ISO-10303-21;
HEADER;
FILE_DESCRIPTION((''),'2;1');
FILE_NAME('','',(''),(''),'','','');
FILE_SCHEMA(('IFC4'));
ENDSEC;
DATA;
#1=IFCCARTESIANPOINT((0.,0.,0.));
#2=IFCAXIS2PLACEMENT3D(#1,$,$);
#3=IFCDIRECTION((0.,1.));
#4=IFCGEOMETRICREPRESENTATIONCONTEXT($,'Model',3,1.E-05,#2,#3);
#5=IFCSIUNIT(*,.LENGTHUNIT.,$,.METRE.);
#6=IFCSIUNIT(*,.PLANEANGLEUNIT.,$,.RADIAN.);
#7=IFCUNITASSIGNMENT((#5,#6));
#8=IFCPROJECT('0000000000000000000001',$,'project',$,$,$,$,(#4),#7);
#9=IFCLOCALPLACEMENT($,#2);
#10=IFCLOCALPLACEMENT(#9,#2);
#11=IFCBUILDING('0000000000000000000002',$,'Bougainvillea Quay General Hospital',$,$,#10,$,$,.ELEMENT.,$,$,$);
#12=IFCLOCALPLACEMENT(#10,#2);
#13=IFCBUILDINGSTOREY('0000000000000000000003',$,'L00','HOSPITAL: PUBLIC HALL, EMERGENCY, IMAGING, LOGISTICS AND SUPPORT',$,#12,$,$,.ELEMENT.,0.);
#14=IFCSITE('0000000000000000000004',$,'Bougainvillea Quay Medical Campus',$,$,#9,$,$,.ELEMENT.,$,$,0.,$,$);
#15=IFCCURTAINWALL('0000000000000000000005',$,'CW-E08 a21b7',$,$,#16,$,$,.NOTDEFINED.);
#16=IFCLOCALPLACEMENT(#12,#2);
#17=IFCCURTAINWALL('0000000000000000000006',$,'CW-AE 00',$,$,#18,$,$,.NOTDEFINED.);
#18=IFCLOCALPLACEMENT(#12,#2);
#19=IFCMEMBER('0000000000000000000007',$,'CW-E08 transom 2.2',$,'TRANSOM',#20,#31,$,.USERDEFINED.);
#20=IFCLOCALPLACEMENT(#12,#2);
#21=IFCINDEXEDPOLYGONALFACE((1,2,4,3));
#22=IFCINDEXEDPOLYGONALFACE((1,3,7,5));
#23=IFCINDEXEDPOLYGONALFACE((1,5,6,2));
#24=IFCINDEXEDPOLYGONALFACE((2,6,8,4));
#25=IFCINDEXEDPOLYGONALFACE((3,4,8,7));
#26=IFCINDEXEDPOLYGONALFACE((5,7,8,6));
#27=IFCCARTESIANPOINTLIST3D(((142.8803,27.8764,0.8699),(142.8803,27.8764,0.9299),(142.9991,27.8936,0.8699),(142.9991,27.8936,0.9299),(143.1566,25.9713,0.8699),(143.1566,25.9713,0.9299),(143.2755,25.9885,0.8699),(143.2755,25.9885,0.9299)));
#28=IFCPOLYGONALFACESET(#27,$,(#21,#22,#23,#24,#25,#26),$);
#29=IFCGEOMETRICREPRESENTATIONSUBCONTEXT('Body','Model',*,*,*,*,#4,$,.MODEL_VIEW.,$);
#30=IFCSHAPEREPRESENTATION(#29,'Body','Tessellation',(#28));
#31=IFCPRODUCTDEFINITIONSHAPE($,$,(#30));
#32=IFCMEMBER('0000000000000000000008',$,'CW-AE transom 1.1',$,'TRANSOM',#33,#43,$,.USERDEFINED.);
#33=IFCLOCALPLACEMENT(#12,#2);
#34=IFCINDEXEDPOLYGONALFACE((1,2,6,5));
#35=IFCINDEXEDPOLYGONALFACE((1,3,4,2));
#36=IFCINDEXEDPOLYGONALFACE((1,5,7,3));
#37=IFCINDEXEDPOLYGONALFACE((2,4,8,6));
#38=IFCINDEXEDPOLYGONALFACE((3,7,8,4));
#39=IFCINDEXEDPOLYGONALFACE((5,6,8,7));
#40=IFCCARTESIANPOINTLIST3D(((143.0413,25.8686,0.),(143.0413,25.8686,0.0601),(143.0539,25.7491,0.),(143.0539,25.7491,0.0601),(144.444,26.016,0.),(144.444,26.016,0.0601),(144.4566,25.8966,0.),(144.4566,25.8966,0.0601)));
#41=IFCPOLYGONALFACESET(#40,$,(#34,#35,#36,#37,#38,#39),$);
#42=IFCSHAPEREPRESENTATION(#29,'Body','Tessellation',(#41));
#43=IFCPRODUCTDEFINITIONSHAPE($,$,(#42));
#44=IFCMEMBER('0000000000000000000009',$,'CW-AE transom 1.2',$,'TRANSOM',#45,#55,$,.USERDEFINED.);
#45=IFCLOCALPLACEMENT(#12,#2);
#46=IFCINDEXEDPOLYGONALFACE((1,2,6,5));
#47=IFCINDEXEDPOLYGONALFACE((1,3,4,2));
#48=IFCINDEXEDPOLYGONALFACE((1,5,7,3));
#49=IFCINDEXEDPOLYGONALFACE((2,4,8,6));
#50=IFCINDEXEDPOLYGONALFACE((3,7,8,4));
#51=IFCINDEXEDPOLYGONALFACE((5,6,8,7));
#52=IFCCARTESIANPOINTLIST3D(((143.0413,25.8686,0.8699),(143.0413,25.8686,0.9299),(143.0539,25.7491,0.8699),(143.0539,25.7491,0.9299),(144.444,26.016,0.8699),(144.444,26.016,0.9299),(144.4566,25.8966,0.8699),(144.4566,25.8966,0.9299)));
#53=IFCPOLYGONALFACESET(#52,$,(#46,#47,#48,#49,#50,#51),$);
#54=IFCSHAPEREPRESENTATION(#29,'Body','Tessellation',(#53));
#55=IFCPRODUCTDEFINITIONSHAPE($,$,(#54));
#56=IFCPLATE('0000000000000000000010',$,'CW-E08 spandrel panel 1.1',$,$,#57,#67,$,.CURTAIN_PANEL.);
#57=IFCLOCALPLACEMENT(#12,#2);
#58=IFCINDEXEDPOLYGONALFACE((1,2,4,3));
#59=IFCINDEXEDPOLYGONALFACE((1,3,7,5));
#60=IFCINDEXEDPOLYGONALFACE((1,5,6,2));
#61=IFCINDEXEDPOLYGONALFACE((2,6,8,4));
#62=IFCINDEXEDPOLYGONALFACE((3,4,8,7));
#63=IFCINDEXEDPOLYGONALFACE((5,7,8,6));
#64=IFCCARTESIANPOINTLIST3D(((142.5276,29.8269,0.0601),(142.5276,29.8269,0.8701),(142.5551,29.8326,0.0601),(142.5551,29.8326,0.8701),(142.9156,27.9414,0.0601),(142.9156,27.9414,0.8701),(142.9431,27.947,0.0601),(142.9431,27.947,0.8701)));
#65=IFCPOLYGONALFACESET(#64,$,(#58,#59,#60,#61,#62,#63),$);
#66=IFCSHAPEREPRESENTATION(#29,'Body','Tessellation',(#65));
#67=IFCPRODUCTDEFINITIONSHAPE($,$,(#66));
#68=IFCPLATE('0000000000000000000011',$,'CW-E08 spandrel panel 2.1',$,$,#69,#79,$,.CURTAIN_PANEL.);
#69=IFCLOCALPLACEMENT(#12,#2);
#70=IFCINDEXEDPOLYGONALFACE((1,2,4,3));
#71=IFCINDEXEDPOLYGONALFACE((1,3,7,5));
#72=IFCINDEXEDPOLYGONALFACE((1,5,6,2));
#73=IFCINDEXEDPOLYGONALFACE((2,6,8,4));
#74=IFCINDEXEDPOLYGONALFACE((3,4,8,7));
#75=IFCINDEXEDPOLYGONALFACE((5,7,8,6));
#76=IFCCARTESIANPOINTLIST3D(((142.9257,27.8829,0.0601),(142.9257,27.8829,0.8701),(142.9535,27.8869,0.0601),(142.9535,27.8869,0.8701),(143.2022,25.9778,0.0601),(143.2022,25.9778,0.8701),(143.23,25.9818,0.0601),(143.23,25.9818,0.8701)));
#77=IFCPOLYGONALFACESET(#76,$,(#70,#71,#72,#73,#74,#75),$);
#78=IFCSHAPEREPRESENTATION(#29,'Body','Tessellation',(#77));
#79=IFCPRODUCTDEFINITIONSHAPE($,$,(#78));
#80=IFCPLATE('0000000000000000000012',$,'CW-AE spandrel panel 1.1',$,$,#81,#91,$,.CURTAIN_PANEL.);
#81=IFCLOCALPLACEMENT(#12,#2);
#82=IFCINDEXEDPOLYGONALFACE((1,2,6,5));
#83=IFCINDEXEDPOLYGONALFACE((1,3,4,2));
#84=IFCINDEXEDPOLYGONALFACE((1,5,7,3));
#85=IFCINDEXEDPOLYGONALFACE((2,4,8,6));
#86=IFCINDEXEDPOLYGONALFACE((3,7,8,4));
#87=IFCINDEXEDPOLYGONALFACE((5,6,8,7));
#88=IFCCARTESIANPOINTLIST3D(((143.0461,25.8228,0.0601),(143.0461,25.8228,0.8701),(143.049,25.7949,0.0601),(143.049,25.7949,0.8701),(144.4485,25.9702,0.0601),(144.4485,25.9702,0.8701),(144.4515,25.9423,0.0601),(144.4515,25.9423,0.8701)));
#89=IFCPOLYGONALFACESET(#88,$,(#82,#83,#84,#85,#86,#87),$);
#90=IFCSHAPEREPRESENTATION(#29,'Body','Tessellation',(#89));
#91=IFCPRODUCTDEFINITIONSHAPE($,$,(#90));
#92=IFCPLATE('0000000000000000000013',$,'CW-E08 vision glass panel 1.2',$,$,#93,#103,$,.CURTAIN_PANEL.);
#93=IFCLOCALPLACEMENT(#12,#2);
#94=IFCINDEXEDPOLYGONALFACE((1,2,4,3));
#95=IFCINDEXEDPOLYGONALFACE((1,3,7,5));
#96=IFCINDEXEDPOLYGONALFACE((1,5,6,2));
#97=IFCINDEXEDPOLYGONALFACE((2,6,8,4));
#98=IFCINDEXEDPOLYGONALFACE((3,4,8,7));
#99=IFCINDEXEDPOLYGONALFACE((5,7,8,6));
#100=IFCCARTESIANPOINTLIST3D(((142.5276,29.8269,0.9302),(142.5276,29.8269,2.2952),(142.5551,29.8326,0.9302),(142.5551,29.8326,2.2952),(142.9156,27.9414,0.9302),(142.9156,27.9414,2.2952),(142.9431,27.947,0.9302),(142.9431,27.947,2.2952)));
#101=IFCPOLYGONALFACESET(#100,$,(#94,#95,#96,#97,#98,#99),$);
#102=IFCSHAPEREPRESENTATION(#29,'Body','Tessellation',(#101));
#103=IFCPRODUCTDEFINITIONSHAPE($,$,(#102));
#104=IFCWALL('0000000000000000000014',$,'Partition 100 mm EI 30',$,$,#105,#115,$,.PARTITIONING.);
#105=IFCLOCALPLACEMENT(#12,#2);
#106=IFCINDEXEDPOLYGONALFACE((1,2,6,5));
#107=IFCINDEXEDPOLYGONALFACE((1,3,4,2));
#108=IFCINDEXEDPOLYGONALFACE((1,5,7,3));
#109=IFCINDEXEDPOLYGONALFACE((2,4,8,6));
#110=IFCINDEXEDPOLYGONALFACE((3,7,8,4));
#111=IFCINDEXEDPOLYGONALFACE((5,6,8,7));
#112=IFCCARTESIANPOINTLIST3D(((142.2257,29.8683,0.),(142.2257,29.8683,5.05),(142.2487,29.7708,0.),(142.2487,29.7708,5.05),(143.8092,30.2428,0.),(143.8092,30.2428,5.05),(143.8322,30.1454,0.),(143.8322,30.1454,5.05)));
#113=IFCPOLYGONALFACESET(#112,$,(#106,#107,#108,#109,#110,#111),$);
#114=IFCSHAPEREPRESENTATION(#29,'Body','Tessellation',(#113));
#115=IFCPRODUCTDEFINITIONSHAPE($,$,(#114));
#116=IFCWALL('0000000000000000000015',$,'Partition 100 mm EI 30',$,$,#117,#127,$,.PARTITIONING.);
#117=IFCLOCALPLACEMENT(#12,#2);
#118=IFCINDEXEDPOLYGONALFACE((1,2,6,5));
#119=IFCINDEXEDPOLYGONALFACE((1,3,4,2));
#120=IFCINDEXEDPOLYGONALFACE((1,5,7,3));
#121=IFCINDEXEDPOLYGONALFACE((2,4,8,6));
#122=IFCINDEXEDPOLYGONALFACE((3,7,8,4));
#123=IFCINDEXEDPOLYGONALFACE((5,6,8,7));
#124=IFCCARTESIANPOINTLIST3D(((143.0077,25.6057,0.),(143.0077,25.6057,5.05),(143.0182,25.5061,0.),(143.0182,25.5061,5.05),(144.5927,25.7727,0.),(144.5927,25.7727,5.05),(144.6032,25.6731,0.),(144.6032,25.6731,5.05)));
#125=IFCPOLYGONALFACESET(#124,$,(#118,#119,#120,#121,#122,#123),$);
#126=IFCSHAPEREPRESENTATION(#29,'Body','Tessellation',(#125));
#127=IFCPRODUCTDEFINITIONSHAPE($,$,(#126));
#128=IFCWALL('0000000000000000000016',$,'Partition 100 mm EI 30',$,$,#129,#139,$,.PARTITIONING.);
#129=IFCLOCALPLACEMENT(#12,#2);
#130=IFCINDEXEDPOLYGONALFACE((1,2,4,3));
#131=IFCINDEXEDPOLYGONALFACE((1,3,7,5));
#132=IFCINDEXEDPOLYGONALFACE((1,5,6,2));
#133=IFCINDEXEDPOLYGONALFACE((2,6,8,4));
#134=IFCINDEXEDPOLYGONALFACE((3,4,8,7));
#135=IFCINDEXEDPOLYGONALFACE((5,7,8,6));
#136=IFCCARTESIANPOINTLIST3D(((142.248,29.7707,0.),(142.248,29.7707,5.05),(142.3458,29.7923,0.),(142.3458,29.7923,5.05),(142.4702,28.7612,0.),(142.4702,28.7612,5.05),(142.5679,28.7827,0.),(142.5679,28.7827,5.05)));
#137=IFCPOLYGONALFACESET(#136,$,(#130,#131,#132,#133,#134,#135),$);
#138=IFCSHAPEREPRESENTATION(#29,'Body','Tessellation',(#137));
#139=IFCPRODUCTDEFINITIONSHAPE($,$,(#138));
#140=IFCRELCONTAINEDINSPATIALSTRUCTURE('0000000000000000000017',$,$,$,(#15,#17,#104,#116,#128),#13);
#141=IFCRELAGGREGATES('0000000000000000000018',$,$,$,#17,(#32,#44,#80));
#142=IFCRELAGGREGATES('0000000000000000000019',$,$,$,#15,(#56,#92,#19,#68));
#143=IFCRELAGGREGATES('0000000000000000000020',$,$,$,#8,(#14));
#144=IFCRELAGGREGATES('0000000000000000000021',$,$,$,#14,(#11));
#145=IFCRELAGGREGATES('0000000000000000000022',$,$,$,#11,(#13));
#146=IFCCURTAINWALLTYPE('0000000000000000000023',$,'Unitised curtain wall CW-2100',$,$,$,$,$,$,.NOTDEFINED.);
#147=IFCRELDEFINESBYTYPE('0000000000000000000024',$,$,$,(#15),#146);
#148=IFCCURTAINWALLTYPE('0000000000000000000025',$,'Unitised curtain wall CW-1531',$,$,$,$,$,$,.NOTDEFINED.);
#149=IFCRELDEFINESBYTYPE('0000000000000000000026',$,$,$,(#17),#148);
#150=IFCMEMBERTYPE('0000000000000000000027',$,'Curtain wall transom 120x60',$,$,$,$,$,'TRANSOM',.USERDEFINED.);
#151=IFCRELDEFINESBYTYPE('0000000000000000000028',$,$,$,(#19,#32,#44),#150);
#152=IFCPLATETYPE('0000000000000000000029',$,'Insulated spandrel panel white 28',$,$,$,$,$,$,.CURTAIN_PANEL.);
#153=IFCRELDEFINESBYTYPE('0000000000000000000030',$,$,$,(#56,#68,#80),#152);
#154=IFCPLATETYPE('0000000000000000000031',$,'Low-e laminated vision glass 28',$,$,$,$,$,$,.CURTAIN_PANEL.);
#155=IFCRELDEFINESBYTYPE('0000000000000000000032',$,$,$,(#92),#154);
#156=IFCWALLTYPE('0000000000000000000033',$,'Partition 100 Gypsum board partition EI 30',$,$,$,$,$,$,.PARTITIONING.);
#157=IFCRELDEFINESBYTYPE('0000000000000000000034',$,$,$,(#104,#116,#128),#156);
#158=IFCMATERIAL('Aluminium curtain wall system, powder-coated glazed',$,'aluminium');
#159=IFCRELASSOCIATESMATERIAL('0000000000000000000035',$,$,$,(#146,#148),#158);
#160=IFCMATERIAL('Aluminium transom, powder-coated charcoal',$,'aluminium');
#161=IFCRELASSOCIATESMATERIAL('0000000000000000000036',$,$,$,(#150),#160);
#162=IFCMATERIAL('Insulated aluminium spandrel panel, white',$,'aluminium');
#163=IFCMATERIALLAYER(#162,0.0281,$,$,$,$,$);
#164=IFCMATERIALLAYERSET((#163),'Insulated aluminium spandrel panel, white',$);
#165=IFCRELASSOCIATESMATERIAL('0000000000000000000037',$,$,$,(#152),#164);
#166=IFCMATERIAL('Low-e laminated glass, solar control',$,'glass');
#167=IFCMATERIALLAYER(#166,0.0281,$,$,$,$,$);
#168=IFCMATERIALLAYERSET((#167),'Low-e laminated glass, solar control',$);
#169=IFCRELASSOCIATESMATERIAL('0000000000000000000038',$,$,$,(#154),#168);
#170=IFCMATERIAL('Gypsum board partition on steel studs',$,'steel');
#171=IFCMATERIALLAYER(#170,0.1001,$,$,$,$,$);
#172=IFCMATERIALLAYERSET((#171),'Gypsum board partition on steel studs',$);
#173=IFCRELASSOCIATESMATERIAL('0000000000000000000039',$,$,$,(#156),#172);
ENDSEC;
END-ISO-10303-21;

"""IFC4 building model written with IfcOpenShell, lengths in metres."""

from ifc_helpers import new_model, si_unit, direction, frame, frame_2d, origin, origin_2d, place, context, subcontext, project, spatial, rectangle, extrude, material, layer, layer_set, material_profile, profile_set, type_object, element, aggregate, save


model = new_model("IFC4")

# Units and contexts
model_context = context("Model", 3, precision=1e-05, world=origin(), true_north=direction((0.0, 1.0)))
body_context = subcontext(model_context, "Body", "Model", "MODEL_VIEW")
ifc_project = project(units=[si_unit("LENGTHUNIT", "METRE"), si_unit("PLANEANGLEUNIT", "RADIAN")], contexts=[model_context])

# Site, building, storey
site_placement = place(None, origin())
site = spatial("IfcSite", under=ifc_project, at=site_placement, Name="Bougainvillea Quay Medical Campus", CompositionType="ELEMENT", RefElevation=0.0)
building_placement = place(site_placement, origin())
building = spatial("IfcBuilding", under=site, at=building_placement, Name="Bougainvillea Quay General Hospital", CompositionType="ELEMENT")
storey_placement = place(building_placement, origin())
storey = spatial("IfcBuildingStorey", under=building, at=storey_placement, Name="L00", Description="HOSPITAL: PUBLIC HALL, EMERGENCY, IMAGING, LOGISTICS AND SUPPORT", CompositionType="ELEMENT", Elevation=0.0)

# Shared definitions
ifc_material_1 = material(Name="Aluminium curtain wall system, powder-coated glazed", Category="aluminium")
curtain_wall_type_1 = type_object("IfcCurtainWallType", Name="Unitised curtain wall CW-2100", PredefinedType="NOTDEFINED", material=ifc_material_1)

# Curtain walls
curtain_wall_1_placement = place(storey_placement, origin())
curtain_wall_1 = element("IfcCurtainWall", 1, at=curtain_wall_1_placement, inside=storey, type_object=curtain_wall_type_1, Name="CW-E08 a21b7", PredefinedType="NOTDEFINED")
curtain_wall_type_2 = type_object("IfcCurtainWallType", Name="Unitised curtain wall CW-1531", PredefinedType="NOTDEFINED", material=ifc_material_1)
curtain_wall_2_placement = place(storey_placement, origin())
curtain_wall_2 = element("IfcCurtainWall", 2, at=curtain_wall_2_placement, inside=storey, type_object=curtain_wall_type_2, Name="CW-AE 00", PredefinedType="NOTDEFINED")

# Members
ifc_material_2 = material(Name="Aluminium transom, powder-coated charcoal", Category="aluminium")
ifc_material_profile_1 = material_profile(ifc_material_2, rectangle(XDim=0.1201, YDim=0.0601, at=origin_2d()))
ifc_profile_set_1 = profile_set([ifc_material_profile_1], Name="Aluminium transom, powder-coated charcoal")
member_type_1 = type_object("IfcMemberType", Name="Curtain wall transom 120x60", ElementType="TRANSOM", PredefinedType="USERDEFINED", material=ifc_profile_set_1)
member_1_placement = place(storey_placement, frame((142.9397, 27.885, 0.8999), z_axis=(0.143569, -0.98964, 0.0), x_axis=(0.98964, 0.143569, 0.0)))
member_1 = element("IfcMember", 3, at=member_1_placement, type_object=member_type_1, Name="CW-E08 transom 2.2", ObjectType="TRANSOM", PredefinedType="USERDEFINED", context=body_context, shape_type="SweptSolid", body=[
    extrude(rectangle(XDim=0.1201, YDim=0.0601, at=origin_2d()), origin(), (0.0, 0.0, 1.0), 1.925),
])
member_2_placement = place(storey_placement, frame((143.0476, 25.8088, 0.03), z_axis=(0.994519, 0.104559, 0.0), x_axis=(-0.104559, 0.994519, 0.0)))
member_2 = element("IfcMember", 4, at=member_2_placement, type_object=member_type_1, Name="CW-AE transom 1.1", ObjectType="TRANSOM", PredefinedType="USERDEFINED", context=body_context, shape_type="SweptSolid", body=[
    extrude(rectangle(XDim=0.1201, YDim=0.0601, at=origin_2d()), origin(), (0.0, 0.0, 1.0), 1.4104),
])
member_3_placement = place(storey_placement, frame((143.0476, 25.8088, 0.8999), z_axis=(0.994519, 0.104559, 0.0), x_axis=(-0.104559, 0.994519, 0.0)))
member_3 = element("IfcMember", 5, at=member_3_placement, type_object=member_type_1, Name="CW-AE transom 1.2", ObjectType="TRANSOM", PredefinedType="USERDEFINED", context=body_context, shape_type="SweptSolid", body=[
    extrude(rectangle(XDim=0.1201, YDim=0.0601, at=origin_2d()), origin(), (0.0, 0.0, 1.0), 1.4104),
])

# Plates
ifc_material_3 = material(Name="Insulated aluminium spandrel panel, white", Category="aluminium")
ifc_layer_1 = layer(ifc_material_3, 0.0281)
ifc_layer_set_1 = layer_set([ifc_layer_1], Name="Insulated aluminium spandrel panel, white")
plate_type_1 = type_object("IfcPlateType", Name="Insulated spandrel panel white 28", PredefinedType="CURTAIN_PANEL", material=ifc_layer_set_1)
plate_1_placement = place(storey_placement, frame((142.7354, 28.887, 0.0601), z_axis=(0.0, 0.0, 1.0), x_axis=(0.201595, -0.979469, 0.0)))
plate_1 = element("IfcPlate", 6, at=plate_1_placement, type_object=plate_type_1, Name="CW-E08 spandrel panel 1.1", PredefinedType="CURTAIN_PANEL", context=body_context, shape_type="SweptSolid", body=[
    extrude(rectangle(XDim=1.925, YDim=0.0281, at=origin_2d()), origin(), (0.0, 0.0, 1.0), 0.8101),
])
plate_2_placement = place(storey_placement, frame((143.0779, 26.9324, 0.0601), z_axis=(0.0, 0.0, 1.0), x_axis=(0.143643, -0.98963, 0.0)))
plate_2 = element("IfcPlate", 7, at=plate_2_placement, type_object=plate_type_1, Name="CW-E08 spandrel panel 2.1", PredefinedType="CURTAIN_PANEL", context=body_context, shape_type="SweptSolid", body=[
    extrude(rectangle(XDim=1.925, YDim=0.0281, at=origin_2d()), origin(), (0.0, 0.0, 1.0), 0.8101),
])
plate_3_placement = place(storey_placement, frame((143.7488, 25.8826, 0.0601), z_axis=(0.0, 0.0, 1.0), x_axis=(0.994522, 0.104527, 0.0)))
plate_3 = element("IfcPlate", 8, at=plate_3_placement, type_object=plate_type_1, Name="CW-AE spandrel panel 1.1", PredefinedType="CURTAIN_PANEL", context=body_context, shape_type="SweptSolid", body=[
    extrude(rectangle(XDim=1.4102, YDim=0.0281, at=origin_2d()), origin(), (0.0, 0.0, 1.0), 0.8101),
])
aggregate(curtain_wall_2, [member_2, member_3, plate_3])
ifc_material_4 = material(Name="Low-e laminated glass, solar control", Category="glass")
ifc_layer_2 = layer(ifc_material_4, 0.0281)
ifc_layer_set_2 = layer_set([ifc_layer_2], Name="Low-e laminated glass, solar control")
plate_type_2 = type_object("IfcPlateType", Name="Low-e laminated vision glass 28", PredefinedType="CURTAIN_PANEL", material=ifc_layer_set_2)
plate_4_placement = place(storey_placement, frame((142.7354, 28.887, 0.9302), z_axis=(0.0, 0.0, 1.0), x_axis=(0.201595, -0.979469, 0.0)))
plate_4 = element("IfcPlate", 9, at=plate_4_placement, type_object=plate_type_2, Name="CW-E08 vision glass panel 1.2", PredefinedType="CURTAIN_PANEL", context=body_context, shape_type="SweptSolid", body=[
    extrude(rectangle(XDim=1.925, YDim=0.0281, at=origin_2d()), origin(), (0.0, 0.0, 1.0), 1.365),
])
aggregate(curtain_wall_1, [plate_1, plate_4, member_1, plate_2])

# Walls
ifc_material_5 = material(Name="Gypsum board partition on steel studs", Category="steel")
ifc_layer_3 = layer(ifc_material_5, 0.1001)
ifc_layer_set_3 = layer_set([ifc_layer_3], Name="Gypsum board partition on steel studs")
wall_type = type_object("IfcWallType", Name="Partition 100 Gypsum board partition EI 30", PredefinedType="PARTITIONING", material=ifc_layer_set_3)
wall_1_placement = place(storey_placement, frame((142.2373, 29.8196, 0.0), z_axis=(0.0, 0.0, 1.0), x_axis=(0.973153, 0.23016, 0.0)))
element("IfcWall", 10, at=wall_1_placement, inside=storey, type_object=wall_type, Name="Partition 100 mm EI 30", PredefinedType="PARTITIONING", context=body_context, shape_type="SweptSolid", body=[
    extrude(rectangle(XDim=1.6272, YDim=0.1001, at=frame_2d((0.8135, 0.0))), origin(), (0.0, 0.0, 1.0), 5.05),
])
wall_2_placement = place(storey_placement, frame((143.0129, 25.5559, 0.0), z_axis=(0.0, 0.0, 1.0), x_axis=(0.994495, 0.10478, 0.0)))
element("IfcWall", 11, at=wall_2_placement, inside=storey, type_object=wall_type, Name="Partition 100 mm EI 30", PredefinedType="PARTITIONING", context=body_context, shape_type="SweptSolid", body=[
    extrude(rectangle(XDim=1.5938, YDim=0.1001, at=frame_2d((0.7969, 0.0))), origin(), (0.0, 0.0, 1.0), 5.05),
])
wall_3_placement = place(storey_placement, frame((142.2969, 29.7815, 0.0), z_axis=(0.0, 0.0, 1.0), x_axis=(0.214929, -0.97663, 0.0)))
element("IfcWall", 12, at=wall_3_placement, inside=storey, type_object=wall_type, Name="Partition 100 mm EI 30", PredefinedType="PARTITIONING", context=body_context, shape_type="SweptSolid", body=[
    extrude(rectangle(XDim=1.0337, YDim=0.1001, at=frame_2d((0.5168, 0.0))), origin(), (0.0, 0.0, 1.0), 5.05),
])

save(model, "model.ifc")
